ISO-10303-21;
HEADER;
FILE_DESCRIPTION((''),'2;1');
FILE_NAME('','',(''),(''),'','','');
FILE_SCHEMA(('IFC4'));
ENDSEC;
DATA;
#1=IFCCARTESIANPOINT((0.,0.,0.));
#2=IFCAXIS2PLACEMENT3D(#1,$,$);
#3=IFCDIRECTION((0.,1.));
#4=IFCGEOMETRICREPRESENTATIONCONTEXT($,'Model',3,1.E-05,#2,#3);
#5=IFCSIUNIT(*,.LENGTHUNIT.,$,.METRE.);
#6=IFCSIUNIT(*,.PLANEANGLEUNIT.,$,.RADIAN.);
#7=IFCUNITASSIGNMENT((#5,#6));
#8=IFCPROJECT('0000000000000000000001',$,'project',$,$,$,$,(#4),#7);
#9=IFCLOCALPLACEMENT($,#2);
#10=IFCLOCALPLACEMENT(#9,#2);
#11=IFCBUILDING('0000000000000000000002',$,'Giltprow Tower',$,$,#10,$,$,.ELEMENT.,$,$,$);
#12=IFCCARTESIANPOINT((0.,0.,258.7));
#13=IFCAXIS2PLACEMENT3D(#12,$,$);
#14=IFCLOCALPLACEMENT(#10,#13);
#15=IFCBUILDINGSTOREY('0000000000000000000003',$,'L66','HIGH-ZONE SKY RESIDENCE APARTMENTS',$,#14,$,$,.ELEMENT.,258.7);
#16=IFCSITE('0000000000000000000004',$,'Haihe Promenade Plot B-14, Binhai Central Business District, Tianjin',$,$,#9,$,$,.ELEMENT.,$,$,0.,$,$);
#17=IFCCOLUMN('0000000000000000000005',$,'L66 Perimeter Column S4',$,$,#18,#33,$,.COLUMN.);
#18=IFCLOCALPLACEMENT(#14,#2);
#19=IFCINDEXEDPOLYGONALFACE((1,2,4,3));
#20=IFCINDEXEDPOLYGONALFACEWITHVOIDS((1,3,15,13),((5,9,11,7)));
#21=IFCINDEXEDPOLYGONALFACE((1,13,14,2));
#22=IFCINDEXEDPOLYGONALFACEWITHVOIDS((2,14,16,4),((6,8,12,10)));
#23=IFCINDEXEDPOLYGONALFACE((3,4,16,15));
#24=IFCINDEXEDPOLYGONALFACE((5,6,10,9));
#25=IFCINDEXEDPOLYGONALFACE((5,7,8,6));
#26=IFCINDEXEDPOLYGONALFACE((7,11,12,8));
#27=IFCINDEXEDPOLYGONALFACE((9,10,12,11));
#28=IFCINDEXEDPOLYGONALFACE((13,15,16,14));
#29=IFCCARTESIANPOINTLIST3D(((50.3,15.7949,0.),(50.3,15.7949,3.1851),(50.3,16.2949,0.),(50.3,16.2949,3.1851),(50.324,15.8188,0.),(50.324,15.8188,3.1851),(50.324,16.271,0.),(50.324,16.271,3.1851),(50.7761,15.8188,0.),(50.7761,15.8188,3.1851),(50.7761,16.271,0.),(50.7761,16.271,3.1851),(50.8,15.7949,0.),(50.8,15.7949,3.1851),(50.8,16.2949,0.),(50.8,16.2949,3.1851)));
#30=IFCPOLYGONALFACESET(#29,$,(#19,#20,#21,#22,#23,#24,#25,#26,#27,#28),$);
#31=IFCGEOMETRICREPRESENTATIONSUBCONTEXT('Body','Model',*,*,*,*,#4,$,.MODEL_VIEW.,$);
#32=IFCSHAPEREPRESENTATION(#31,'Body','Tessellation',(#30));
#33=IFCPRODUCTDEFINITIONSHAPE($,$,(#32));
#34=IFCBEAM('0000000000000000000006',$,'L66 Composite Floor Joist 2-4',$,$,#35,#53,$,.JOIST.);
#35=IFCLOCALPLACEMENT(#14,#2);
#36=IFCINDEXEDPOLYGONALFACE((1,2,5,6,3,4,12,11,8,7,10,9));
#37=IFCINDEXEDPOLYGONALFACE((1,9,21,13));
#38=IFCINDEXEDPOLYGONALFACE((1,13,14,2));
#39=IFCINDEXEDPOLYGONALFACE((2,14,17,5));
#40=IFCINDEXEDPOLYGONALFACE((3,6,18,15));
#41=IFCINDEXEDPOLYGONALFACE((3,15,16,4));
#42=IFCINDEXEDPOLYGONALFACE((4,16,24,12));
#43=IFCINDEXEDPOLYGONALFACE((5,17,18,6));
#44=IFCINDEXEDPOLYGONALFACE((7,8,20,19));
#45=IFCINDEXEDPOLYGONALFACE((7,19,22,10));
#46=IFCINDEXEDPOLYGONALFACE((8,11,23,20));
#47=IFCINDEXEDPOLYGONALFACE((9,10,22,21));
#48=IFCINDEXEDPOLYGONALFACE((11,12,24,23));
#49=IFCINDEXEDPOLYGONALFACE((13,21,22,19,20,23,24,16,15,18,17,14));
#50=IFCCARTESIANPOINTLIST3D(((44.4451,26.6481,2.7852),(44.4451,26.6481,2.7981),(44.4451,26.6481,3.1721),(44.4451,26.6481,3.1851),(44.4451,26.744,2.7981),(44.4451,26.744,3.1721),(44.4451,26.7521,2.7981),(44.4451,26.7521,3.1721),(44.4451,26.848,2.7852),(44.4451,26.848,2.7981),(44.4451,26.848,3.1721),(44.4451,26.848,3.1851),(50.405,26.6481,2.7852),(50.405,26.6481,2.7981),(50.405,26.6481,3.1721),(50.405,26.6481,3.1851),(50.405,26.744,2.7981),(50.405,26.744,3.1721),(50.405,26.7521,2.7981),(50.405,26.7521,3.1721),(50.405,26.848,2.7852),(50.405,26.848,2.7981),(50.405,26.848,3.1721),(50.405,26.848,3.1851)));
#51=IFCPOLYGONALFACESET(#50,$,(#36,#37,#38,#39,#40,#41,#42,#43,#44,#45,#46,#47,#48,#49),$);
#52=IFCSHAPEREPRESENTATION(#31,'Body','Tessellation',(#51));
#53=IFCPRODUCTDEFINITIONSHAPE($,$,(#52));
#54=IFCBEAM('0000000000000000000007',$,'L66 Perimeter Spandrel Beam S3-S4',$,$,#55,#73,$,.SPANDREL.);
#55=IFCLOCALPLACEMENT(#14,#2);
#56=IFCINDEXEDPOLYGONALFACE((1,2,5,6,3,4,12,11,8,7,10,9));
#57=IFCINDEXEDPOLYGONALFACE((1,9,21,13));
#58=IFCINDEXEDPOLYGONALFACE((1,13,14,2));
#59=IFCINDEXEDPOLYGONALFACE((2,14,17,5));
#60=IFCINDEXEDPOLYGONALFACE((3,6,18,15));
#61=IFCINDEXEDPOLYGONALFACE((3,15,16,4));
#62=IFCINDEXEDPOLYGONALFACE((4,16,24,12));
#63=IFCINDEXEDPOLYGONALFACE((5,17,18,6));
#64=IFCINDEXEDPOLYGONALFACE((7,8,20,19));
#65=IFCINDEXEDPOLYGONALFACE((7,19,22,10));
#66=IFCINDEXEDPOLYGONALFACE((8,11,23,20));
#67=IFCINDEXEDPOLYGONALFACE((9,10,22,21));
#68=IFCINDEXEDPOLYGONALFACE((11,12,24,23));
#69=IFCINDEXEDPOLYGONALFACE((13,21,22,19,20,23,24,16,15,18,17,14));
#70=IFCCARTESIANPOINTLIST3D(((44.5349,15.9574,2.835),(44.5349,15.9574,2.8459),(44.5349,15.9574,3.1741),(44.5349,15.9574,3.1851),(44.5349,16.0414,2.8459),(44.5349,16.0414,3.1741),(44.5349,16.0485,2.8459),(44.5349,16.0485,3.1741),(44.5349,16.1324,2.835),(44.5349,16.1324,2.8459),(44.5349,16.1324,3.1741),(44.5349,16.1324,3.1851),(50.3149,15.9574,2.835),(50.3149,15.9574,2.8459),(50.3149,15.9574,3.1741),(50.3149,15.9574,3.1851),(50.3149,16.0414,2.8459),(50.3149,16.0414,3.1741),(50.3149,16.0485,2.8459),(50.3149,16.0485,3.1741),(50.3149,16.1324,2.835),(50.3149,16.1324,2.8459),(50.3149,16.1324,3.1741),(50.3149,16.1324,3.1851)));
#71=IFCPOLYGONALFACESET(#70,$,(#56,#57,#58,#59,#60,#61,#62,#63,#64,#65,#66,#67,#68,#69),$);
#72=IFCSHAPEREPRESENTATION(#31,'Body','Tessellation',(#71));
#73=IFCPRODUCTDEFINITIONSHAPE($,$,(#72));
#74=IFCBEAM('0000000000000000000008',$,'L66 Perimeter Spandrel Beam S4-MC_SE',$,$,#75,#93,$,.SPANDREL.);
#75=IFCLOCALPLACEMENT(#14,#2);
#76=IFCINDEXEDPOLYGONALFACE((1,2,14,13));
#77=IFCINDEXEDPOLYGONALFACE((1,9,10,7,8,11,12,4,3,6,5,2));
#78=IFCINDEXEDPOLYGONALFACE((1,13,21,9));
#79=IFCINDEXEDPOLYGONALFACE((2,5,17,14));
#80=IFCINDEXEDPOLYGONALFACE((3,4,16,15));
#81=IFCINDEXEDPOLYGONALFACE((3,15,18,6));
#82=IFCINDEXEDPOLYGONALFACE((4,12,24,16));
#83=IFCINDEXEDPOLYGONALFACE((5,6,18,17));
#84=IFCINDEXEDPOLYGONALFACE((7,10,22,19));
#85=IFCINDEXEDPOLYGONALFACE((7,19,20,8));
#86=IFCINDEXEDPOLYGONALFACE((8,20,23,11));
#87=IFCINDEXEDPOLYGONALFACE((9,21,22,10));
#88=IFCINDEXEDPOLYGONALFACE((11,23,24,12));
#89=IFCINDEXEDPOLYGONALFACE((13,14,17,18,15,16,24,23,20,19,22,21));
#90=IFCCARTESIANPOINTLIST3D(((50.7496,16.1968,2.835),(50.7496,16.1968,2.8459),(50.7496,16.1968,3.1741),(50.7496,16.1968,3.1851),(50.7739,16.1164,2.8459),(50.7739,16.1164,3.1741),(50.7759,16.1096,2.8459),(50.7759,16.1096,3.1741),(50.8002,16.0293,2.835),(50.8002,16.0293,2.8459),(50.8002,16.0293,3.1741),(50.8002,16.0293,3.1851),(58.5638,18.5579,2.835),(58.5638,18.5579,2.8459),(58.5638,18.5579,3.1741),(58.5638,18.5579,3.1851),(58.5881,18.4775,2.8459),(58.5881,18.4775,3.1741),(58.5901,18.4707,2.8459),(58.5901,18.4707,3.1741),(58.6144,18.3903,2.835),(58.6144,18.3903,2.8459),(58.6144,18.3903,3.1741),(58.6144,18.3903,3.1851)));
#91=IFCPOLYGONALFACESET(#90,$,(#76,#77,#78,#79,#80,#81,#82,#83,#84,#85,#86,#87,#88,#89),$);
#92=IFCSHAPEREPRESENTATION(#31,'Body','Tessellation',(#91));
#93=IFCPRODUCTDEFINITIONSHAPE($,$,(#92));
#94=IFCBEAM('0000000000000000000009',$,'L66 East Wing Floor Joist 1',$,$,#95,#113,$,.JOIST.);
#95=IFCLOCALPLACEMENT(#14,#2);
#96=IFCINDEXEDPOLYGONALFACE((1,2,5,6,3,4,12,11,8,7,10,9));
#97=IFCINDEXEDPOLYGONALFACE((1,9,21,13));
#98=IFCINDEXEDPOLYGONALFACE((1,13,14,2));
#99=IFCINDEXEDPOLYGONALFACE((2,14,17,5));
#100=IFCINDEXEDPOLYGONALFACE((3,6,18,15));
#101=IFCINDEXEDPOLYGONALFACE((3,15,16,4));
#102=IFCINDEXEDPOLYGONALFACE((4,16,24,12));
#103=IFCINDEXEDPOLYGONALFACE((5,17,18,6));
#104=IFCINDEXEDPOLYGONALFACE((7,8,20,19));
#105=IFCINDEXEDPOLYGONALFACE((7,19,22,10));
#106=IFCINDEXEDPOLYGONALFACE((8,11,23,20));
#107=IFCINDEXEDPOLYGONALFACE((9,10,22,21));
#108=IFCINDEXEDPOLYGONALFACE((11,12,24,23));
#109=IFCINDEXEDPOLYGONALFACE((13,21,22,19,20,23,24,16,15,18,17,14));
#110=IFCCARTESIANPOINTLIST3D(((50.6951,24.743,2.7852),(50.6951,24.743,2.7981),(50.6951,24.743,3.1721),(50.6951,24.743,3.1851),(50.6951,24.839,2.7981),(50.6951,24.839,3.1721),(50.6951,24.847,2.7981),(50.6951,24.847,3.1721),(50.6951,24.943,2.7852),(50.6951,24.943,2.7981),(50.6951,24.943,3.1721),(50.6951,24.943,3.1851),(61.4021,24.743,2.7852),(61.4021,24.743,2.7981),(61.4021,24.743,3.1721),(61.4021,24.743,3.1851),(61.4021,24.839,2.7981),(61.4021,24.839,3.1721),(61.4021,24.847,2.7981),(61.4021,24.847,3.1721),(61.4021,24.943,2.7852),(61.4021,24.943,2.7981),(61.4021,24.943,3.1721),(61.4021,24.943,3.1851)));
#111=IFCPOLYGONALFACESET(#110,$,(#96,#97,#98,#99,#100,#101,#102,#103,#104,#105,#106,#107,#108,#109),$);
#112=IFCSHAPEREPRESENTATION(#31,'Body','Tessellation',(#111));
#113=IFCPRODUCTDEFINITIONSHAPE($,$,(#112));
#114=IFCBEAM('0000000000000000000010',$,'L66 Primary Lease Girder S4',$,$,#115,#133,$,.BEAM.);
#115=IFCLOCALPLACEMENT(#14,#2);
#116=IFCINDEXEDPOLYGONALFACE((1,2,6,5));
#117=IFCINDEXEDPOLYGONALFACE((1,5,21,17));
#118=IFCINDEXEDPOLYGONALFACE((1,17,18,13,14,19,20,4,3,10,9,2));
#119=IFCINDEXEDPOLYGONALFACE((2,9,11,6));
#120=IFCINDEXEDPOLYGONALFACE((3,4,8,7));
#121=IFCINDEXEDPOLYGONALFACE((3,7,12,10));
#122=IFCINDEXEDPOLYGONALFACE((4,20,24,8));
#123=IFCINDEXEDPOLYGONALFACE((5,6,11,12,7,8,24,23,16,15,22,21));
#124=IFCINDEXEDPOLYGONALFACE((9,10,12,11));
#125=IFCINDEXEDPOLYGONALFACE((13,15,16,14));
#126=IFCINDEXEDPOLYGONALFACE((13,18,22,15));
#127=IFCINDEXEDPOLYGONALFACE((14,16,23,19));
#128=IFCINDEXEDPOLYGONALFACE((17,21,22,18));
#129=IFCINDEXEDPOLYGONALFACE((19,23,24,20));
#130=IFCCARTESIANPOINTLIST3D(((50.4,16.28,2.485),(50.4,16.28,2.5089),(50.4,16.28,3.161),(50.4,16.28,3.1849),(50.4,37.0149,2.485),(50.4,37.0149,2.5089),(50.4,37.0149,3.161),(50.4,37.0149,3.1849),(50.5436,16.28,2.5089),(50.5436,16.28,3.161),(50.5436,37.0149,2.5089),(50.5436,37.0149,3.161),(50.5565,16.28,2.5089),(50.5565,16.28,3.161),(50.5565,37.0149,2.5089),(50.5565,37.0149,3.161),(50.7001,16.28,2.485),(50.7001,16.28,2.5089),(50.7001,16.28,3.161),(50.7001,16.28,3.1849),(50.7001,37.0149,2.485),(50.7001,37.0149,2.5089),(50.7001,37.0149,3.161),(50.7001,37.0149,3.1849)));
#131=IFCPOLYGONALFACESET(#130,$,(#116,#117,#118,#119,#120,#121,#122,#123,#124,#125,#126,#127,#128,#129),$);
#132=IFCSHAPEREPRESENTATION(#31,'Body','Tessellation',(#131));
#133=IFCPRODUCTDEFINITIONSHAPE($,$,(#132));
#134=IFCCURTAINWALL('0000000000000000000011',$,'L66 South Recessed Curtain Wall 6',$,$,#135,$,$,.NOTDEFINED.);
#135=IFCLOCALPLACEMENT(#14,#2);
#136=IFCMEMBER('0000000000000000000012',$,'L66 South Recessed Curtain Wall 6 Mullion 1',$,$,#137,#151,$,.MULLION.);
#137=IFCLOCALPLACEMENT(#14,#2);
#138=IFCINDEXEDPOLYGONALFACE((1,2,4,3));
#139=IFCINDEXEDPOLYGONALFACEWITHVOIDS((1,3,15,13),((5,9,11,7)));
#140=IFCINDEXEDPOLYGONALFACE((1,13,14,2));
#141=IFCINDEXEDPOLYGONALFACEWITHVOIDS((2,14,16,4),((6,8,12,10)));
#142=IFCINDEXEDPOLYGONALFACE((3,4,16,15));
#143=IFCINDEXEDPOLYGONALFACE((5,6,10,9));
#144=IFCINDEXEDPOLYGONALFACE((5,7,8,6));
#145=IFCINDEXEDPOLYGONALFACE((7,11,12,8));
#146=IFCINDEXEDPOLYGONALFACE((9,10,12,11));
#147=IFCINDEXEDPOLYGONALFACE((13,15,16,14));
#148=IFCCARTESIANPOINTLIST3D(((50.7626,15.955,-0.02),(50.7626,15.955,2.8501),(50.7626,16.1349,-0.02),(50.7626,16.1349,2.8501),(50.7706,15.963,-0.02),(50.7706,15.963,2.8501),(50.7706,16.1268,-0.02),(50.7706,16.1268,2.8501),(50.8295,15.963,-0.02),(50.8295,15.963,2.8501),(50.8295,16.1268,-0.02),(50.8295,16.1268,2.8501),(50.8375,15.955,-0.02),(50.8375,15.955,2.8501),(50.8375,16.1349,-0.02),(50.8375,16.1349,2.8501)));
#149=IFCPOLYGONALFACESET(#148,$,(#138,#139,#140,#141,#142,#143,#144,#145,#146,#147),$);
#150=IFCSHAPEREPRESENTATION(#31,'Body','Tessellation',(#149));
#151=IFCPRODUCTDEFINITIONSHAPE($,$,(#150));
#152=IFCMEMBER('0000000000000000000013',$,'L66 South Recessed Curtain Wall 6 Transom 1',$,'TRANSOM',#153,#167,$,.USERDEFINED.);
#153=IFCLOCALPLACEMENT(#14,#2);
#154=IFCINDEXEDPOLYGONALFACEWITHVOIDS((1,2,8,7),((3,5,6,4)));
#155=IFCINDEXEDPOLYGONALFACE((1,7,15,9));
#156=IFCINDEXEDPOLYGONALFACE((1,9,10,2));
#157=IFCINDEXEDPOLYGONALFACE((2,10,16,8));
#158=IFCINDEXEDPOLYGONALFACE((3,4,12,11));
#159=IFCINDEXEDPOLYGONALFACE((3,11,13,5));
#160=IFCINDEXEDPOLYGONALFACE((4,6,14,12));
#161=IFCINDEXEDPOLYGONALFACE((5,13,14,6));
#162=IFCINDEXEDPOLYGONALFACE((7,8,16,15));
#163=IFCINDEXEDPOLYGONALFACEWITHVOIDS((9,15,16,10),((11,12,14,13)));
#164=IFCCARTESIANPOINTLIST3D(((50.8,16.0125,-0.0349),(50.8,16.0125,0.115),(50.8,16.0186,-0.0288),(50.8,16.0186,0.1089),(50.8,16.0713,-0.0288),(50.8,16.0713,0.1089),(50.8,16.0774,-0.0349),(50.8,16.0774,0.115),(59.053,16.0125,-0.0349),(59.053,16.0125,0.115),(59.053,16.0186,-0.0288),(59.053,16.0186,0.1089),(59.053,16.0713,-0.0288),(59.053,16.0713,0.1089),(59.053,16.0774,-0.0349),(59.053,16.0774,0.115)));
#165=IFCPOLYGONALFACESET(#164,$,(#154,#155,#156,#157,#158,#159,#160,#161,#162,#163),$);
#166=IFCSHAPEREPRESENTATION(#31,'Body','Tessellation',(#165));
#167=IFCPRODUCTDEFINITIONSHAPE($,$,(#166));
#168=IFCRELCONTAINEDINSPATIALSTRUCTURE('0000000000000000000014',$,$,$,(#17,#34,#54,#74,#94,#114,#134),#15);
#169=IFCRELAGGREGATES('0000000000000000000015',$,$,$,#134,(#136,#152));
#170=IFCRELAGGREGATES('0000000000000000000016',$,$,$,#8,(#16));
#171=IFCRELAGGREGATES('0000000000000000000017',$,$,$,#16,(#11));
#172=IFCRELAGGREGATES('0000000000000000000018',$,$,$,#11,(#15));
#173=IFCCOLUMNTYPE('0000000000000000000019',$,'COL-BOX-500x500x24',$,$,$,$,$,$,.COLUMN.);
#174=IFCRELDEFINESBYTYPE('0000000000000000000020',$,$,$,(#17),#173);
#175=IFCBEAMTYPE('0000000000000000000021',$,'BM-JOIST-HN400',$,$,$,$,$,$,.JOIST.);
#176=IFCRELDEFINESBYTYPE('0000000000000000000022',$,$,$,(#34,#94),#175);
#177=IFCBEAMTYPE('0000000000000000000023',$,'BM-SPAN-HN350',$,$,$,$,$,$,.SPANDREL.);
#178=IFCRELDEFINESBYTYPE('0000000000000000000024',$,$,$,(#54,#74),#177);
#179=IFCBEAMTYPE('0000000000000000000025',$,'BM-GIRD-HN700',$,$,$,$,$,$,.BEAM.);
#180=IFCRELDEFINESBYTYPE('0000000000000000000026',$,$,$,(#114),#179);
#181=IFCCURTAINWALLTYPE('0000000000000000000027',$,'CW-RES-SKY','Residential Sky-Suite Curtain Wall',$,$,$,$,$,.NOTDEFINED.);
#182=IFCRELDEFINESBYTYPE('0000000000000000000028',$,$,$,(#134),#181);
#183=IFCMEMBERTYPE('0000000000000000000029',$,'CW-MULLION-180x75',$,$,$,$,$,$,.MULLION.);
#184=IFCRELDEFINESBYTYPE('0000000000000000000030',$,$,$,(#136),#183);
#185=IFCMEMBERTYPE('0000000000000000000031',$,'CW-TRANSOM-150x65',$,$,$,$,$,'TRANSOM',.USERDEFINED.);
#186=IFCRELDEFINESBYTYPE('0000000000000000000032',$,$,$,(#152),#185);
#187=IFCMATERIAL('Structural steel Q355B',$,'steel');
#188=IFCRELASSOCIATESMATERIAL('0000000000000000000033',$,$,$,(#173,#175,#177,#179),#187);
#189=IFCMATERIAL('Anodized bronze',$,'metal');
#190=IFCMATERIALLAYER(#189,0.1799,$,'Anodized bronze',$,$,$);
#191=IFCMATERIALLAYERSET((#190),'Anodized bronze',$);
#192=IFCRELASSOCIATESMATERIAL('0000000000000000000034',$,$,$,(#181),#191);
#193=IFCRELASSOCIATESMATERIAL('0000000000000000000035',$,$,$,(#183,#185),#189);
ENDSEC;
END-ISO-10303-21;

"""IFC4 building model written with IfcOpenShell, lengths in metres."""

from ifc_helpers import new_model, si_unit, direction, frame, origin, origin_2d, place, context, subcontext, project, spatial, hollow_rectangle, i_section, extrude, source, transform, mapped, material, layer, layer_set, material_profile, profile_set, type_object, element, aggregate, save


model = new_model("IFC4")

# Units and contexts
model_context = context("Model", 3, precision=1e-05, world=origin(), true_north=direction((0.0, 1.0)))
body_context = subcontext(model_context, "Body", "Model", "MODEL_VIEW")
ifc_project = project(units=[si_unit("LENGTHUNIT", "METRE"), si_unit("PLANEANGLEUNIT", "RADIAN")], contexts=[model_context])

# Site, building, storey
site_placement = place(None, origin())
site = spatial("IfcSite", under=ifc_project, at=site_placement, Name="Haihe Promenade Plot B-14, Binhai Central Business District, Tianjin", CompositionType="ELEMENT", RefElevation=0.0)
building_placement = place(site_placement, origin())
building = spatial("IfcBuilding", under=site, at=building_placement, Name="Giltprow Tower", CompositionType="ELEMENT")
storey_placement = place(building_placement, frame((0.0, 0.0, 258.7)))
storey = spatial("IfcBuildingStorey", under=building, at=storey_placement, Name="L66", Description="HIGH-ZONE SKY RESIDENCE APARTMENTS", CompositionType="ELEMENT", Elevation=258.7)

# Column
ifc_material_1 = material(Name="Structural steel Q355B", Category="steel")
ifc_material_profile_1 = material_profile(ifc_material_1, hollow_rectangle(XDim=0.5, YDim=0.5, WallThickness=0.0239, at=origin_2d()), Name="BOX 500x500x24")
ifc_profile_set_1 = profile_set([ifc_material_profile_1], Name="Structural steel Q355B")
column_type = type_object("IfcColumnType", Name="COL-BOX-500x500x24", PredefinedType="COLUMN", material=ifc_profile_set_1)
shared_shape_1 = source(origin(), body_context, "Body", "SweptSolid", [
    extrude(hollow_rectangle(XDim=0.5, YDim=0.5, WallThickness=0.0239, at=origin_2d()), origin(), (0.0, 0.0, 1.0), 3.1851),
])
column_placement = place(storey_placement, frame((50.55, 16.0449, 0.0), z_axis=(0.0, 0.0, 1.0), x_axis=(1.0, 0.0, 0.0)))
element("IfcColumn", 1, at=column_placement, inside=storey, type_object=column_type, Name="L66 Perimeter Column S4", PredefinedType="COLUMN", context=body_context, shape_type="MappedRepresentation", body=[
    mapped(shared_shape_1, transform((0.0, 0.0, 0.0), x_axis=(1.0, 0.0, 0.0), y_axis=(0.0, 1.0, 0.0), z_axis=(0.0, 0.0, 1.0), scale=1.0)),
])

# Beams
ifc_material_profile_2 = material_profile(ifc_material_1, i_section(OverallWidth=0.2, OverallDepth=0.3999, WebThickness=0.0081, FlangeThickness=0.0129, at=origin_2d()), Name="HN 400x200x8x13")
ifc_profile_set_2 = profile_set([ifc_material_profile_2], Name="Structural steel Q355B")
beam_type_1 = type_object("IfcBeamType", Name="BM-JOIST-HN400", PredefinedType="JOIST", material=ifc_profile_set_2)
shared_shape_2 = source(origin(), body_context, "Body", "SweptSolid", [
    extrude(i_section(OverallWidth=0.2, OverallDepth=0.3999, WebThickness=0.0081, FlangeThickness=0.0129, at=origin_2d()), origin(), (0.0, 0.0, 1.0), 5.96),
])
beam_1_placement = place(storey_placement, frame((44.4451, 26.748, 2.9851), z_axis=(1.0, 0.0, 0.0), x_axis=(0.0, 1.0, 0.0)))
element("IfcBeam", 2, at=beam_1_placement, inside=storey, type_object=beam_type_1, Name="L66 Composite Floor Joist 2-4", PredefinedType="JOIST", context=body_context, shape_type="MappedRepresentation", body=[
    mapped(shared_shape_2, transform((0.0, 0.0, 0.0), x_axis=(1.0, 0.0, 0.0), y_axis=(0.0, 1.0, 0.0), z_axis=(0.0, 0.0, 1.0), scale=1.0)),
])
ifc_material_profile_3 = material_profile(ifc_material_1, i_section(OverallWidth=0.175, OverallDepth=0.3501, WebThickness=0.0071, FlangeThickness=0.011, at=origin_2d()), Name="HN 350x175x7x11")
ifc_profile_set_3 = profile_set([ifc_material_profile_3], Name="Structural steel Q355B")
beam_type_2 = type_object("IfcBeamType", Name="BM-SPAN-HN350", PredefinedType="SPANDREL", material=ifc_profile_set_3)
shared_shape_3 = source(origin(), body_context, "Body", "SweptSolid", [
    extrude(i_section(OverallWidth=0.175, OverallDepth=0.3501, WebThickness=0.0071, FlangeThickness=0.011, at=origin_2d()), origin(), (0.0, 0.0, 1.0), 5.78),
])
beam_2_placement = place(storey_placement, frame((44.5349, 16.0449, 3.01), z_axis=(1.0, 0.0, 0.0), x_axis=(0.0, 1.0, 0.0)))
element("IfcBeam", 3, at=beam_2_placement, inside=storey, type_object=beam_type_2, Name="L66 Perimeter Spandrel Beam S3-S4", PredefinedType="SPANDREL", context=body_context, shape_type="MappedRepresentation", body=[
    mapped(shared_shape_3, transform((0.0, 0.0, 0.0), x_axis=(1.0, 0.0, 0.0), y_axis=(0.0, 1.0, 0.0), z_axis=(0.0, 0.0, 1.0), scale=1.0)),
])
shared_shape_4 = source(origin(), body_context, "Body", "SweptSolid", [
    extrude(i_section(OverallWidth=0.175, OverallDepth=0.3501, WebThickness=0.0071, FlangeThickness=0.011, at=origin_2d()), origin(), (0.0, 0.0, 1.0), 8.1631),
])
beam_3_placement = place(storey_placement, frame((50.7749, 16.113, 3.01), z_axis=(0.957257, 0.289238, 0.0), x_axis=(-0.289238, 0.957257, 0.0)))
element("IfcBeam", 4, at=beam_3_placement, inside=storey, type_object=beam_type_2, Name="L66 Perimeter Spandrel Beam S4-MC_SE", PredefinedType="SPANDREL", context=body_context, shape_type="MappedRepresentation", body=[
    mapped(shared_shape_4, transform((0.0, 0.0, 0.0), x_axis=(1.0, 0.0, 0.0), y_axis=(0.0, 1.0, 0.0), z_axis=(0.0, 0.0, 1.0), scale=1.0)),
])
shared_shape_5 = source(origin(), body_context, "Body", "SweptSolid", [
    extrude(i_section(OverallWidth=0.2, OverallDepth=0.3999, WebThickness=0.0081, FlangeThickness=0.0129, at=origin_2d()), origin(), (0.0, 0.0, 1.0), 10.707),
])
beam_4_placement = place(storey_placement, frame((50.6951, 24.843, 2.9851), z_axis=(1.0, 0.0, 0.0), x_axis=(0.0, 1.0, 0.0)))
element("IfcBeam", 5, at=beam_4_placement, inside=storey, type_object=beam_type_1, Name="L66 East Wing Floor Joist 1", PredefinedType="JOIST", context=body_context, shape_type="MappedRepresentation", body=[
    mapped(shared_shape_5, transform((0.0, 0.0, 0.0), x_axis=(1.0, 0.0, 0.0), y_axis=(0.0, 1.0, 0.0), z_axis=(0.0, 0.0, 1.0), scale=1.0)),
])
ifc_material_profile_4 = material_profile(ifc_material_1, i_section(OverallWidth=0.3, OverallDepth=0.7, WebThickness=0.0129, FlangeThickness=0.0239, at=origin_2d()), Name="HN 700x300x13x24")
ifc_profile_set_4 = profile_set([ifc_material_profile_4], Name="Structural steel Q355B")
beam_type_3 = type_object("IfcBeamType", Name="BM-GIRD-HN700", PredefinedType="BEAM", material=ifc_profile_set_4)
shared_shape_6 = source(origin(), body_context, "Body", "SweptSolid", [
    extrude(i_section(OverallWidth=0.3, OverallDepth=0.7, WebThickness=0.0129, FlangeThickness=0.0239, at=origin_2d()), origin(), (0.0, 0.0, 1.0), 20.7349),
])
beam_5_placement = place(storey_placement, frame((50.55, 16.28, 2.835), z_axis=(0.0, 1.0, 0.0), x_axis=(-1.0, 0.0, 0.0)))
element("IfcBeam", 6, at=beam_5_placement, inside=storey, type_object=beam_type_3, Name="L66 Primary Lease Girder S4", PredefinedType="BEAM", context=body_context, shape_type="MappedRepresentation", body=[
    mapped(shared_shape_6, transform((0.0, 0.0, 0.0), x_axis=(1.0, 0.0, 0.0), y_axis=(0.0, 1.0, 0.0), z_axis=(0.0, 0.0, 1.0), scale=1.0)),
])

# Curtain wall, members
ifc_material_2 = material(Name="Anodized bronze", Category="metal")
ifc_layer_1 = layer(ifc_material_2, 0.1799, Name="Anodized bronze")
ifc_layer_set_1 = layer_set([ifc_layer_1], Name="Anodized bronze")
curtain_wall_type = type_object("IfcCurtainWallType", Name="CW-RES-SKY", Description="Residential Sky-Suite Curtain Wall", PredefinedType="NOTDEFINED", material=ifc_layer_set_1)
curtain_wall_placement = place(storey_placement, origin())
curtain_wall = element("IfcCurtainWall", 7, at=curtain_wall_placement, inside=storey, type_object=curtain_wall_type, Name="L66 South Recessed Curtain Wall 6", PredefinedType="NOTDEFINED")
ifc_material_profile_5 = material_profile(ifc_material_2, hollow_rectangle(XDim=0.075, YDim=0.1799, WallThickness=0.0081, at=origin_2d()), Name="RHS 180x75x8")
ifc_profile_set_5 = profile_set([ifc_material_profile_5], Name="Anodized bronze")
member_type_1 = type_object("IfcMemberType", Name="CW-MULLION-180x75", PredefinedType="MULLION", material=ifc_profile_set_5)
shared_shape_7 = source(origin(), body_context, "Body", "SweptSolid", [
    extrude(hollow_rectangle(XDim=0.075, YDim=0.1799, WallThickness=0.0081, at=origin_2d()), origin(), (0.0, 0.0, 1.0), 2.8701),
])
member_1_placement = place(storey_placement, frame((50.8, 16.0449, -0.02), z_axis=(0.0, 0.0, 1.0), x_axis=(1.0, 0.0, 0.0)))
member_1 = element("IfcMember", 8, at=member_1_placement, type_object=member_type_1, Name="L66 South Recessed Curtain Wall 6 Mullion 1", PredefinedType="MULLION", context=body_context, shape_type="MappedRepresentation", body=[
    mapped(shared_shape_7, transform((0.0, 0.0, 0.0), x_axis=(1.0, 0.0, 0.0), y_axis=(0.0, 1.0, 0.0), z_axis=(0.0, 0.0, 1.0), scale=1.0)),
])
ifc_material_profile_6 = material_profile(ifc_material_2, hollow_rectangle(XDim=0.0649, YDim=0.1499, WallThickness=0.0061, at=origin_2d()), Name="RHS 150x65x6")
ifc_profile_set_6 = profile_set([ifc_material_profile_6], Name="Anodized bronze")
member_type_2 = type_object("IfcMemberType", Name="CW-TRANSOM-150x65", ElementType="TRANSOM", PredefinedType="USERDEFINED", material=ifc_profile_set_6)
shared_shape_8 = source(origin(), body_context, "Body", "SweptSolid", [
    extrude(hollow_rectangle(XDim=0.0649, YDim=0.1499, WallThickness=0.0061, at=origin_2d()), origin(), (0.0, 0.0, 1.0), 8.2529),
])
member_2_placement = place(storey_placement, frame((50.8, 16.0449, 0.04), z_axis=(1.0, 0.0, 0.0), x_axis=(0.0, 1.0, 0.0)))
member_2 = element("IfcMember", 9, at=member_2_placement, type_object=member_type_2, Name="L66 South Recessed Curtain Wall 6 Transom 1", ObjectType="TRANSOM", PredefinedType="USERDEFINED", context=body_context, shape_type="MappedRepresentation", body=[
    mapped(shared_shape_8, transform((0.0, 0.0, 0.0), x_axis=(1.0, 0.0, 0.0), y_axis=(0.0, 1.0, 0.0), z_axis=(0.0, 0.0, 1.0), scale=1.0)),
])
aggregate(curtain_wall, [member_1, member_2])

save(model, "model.ifc")
